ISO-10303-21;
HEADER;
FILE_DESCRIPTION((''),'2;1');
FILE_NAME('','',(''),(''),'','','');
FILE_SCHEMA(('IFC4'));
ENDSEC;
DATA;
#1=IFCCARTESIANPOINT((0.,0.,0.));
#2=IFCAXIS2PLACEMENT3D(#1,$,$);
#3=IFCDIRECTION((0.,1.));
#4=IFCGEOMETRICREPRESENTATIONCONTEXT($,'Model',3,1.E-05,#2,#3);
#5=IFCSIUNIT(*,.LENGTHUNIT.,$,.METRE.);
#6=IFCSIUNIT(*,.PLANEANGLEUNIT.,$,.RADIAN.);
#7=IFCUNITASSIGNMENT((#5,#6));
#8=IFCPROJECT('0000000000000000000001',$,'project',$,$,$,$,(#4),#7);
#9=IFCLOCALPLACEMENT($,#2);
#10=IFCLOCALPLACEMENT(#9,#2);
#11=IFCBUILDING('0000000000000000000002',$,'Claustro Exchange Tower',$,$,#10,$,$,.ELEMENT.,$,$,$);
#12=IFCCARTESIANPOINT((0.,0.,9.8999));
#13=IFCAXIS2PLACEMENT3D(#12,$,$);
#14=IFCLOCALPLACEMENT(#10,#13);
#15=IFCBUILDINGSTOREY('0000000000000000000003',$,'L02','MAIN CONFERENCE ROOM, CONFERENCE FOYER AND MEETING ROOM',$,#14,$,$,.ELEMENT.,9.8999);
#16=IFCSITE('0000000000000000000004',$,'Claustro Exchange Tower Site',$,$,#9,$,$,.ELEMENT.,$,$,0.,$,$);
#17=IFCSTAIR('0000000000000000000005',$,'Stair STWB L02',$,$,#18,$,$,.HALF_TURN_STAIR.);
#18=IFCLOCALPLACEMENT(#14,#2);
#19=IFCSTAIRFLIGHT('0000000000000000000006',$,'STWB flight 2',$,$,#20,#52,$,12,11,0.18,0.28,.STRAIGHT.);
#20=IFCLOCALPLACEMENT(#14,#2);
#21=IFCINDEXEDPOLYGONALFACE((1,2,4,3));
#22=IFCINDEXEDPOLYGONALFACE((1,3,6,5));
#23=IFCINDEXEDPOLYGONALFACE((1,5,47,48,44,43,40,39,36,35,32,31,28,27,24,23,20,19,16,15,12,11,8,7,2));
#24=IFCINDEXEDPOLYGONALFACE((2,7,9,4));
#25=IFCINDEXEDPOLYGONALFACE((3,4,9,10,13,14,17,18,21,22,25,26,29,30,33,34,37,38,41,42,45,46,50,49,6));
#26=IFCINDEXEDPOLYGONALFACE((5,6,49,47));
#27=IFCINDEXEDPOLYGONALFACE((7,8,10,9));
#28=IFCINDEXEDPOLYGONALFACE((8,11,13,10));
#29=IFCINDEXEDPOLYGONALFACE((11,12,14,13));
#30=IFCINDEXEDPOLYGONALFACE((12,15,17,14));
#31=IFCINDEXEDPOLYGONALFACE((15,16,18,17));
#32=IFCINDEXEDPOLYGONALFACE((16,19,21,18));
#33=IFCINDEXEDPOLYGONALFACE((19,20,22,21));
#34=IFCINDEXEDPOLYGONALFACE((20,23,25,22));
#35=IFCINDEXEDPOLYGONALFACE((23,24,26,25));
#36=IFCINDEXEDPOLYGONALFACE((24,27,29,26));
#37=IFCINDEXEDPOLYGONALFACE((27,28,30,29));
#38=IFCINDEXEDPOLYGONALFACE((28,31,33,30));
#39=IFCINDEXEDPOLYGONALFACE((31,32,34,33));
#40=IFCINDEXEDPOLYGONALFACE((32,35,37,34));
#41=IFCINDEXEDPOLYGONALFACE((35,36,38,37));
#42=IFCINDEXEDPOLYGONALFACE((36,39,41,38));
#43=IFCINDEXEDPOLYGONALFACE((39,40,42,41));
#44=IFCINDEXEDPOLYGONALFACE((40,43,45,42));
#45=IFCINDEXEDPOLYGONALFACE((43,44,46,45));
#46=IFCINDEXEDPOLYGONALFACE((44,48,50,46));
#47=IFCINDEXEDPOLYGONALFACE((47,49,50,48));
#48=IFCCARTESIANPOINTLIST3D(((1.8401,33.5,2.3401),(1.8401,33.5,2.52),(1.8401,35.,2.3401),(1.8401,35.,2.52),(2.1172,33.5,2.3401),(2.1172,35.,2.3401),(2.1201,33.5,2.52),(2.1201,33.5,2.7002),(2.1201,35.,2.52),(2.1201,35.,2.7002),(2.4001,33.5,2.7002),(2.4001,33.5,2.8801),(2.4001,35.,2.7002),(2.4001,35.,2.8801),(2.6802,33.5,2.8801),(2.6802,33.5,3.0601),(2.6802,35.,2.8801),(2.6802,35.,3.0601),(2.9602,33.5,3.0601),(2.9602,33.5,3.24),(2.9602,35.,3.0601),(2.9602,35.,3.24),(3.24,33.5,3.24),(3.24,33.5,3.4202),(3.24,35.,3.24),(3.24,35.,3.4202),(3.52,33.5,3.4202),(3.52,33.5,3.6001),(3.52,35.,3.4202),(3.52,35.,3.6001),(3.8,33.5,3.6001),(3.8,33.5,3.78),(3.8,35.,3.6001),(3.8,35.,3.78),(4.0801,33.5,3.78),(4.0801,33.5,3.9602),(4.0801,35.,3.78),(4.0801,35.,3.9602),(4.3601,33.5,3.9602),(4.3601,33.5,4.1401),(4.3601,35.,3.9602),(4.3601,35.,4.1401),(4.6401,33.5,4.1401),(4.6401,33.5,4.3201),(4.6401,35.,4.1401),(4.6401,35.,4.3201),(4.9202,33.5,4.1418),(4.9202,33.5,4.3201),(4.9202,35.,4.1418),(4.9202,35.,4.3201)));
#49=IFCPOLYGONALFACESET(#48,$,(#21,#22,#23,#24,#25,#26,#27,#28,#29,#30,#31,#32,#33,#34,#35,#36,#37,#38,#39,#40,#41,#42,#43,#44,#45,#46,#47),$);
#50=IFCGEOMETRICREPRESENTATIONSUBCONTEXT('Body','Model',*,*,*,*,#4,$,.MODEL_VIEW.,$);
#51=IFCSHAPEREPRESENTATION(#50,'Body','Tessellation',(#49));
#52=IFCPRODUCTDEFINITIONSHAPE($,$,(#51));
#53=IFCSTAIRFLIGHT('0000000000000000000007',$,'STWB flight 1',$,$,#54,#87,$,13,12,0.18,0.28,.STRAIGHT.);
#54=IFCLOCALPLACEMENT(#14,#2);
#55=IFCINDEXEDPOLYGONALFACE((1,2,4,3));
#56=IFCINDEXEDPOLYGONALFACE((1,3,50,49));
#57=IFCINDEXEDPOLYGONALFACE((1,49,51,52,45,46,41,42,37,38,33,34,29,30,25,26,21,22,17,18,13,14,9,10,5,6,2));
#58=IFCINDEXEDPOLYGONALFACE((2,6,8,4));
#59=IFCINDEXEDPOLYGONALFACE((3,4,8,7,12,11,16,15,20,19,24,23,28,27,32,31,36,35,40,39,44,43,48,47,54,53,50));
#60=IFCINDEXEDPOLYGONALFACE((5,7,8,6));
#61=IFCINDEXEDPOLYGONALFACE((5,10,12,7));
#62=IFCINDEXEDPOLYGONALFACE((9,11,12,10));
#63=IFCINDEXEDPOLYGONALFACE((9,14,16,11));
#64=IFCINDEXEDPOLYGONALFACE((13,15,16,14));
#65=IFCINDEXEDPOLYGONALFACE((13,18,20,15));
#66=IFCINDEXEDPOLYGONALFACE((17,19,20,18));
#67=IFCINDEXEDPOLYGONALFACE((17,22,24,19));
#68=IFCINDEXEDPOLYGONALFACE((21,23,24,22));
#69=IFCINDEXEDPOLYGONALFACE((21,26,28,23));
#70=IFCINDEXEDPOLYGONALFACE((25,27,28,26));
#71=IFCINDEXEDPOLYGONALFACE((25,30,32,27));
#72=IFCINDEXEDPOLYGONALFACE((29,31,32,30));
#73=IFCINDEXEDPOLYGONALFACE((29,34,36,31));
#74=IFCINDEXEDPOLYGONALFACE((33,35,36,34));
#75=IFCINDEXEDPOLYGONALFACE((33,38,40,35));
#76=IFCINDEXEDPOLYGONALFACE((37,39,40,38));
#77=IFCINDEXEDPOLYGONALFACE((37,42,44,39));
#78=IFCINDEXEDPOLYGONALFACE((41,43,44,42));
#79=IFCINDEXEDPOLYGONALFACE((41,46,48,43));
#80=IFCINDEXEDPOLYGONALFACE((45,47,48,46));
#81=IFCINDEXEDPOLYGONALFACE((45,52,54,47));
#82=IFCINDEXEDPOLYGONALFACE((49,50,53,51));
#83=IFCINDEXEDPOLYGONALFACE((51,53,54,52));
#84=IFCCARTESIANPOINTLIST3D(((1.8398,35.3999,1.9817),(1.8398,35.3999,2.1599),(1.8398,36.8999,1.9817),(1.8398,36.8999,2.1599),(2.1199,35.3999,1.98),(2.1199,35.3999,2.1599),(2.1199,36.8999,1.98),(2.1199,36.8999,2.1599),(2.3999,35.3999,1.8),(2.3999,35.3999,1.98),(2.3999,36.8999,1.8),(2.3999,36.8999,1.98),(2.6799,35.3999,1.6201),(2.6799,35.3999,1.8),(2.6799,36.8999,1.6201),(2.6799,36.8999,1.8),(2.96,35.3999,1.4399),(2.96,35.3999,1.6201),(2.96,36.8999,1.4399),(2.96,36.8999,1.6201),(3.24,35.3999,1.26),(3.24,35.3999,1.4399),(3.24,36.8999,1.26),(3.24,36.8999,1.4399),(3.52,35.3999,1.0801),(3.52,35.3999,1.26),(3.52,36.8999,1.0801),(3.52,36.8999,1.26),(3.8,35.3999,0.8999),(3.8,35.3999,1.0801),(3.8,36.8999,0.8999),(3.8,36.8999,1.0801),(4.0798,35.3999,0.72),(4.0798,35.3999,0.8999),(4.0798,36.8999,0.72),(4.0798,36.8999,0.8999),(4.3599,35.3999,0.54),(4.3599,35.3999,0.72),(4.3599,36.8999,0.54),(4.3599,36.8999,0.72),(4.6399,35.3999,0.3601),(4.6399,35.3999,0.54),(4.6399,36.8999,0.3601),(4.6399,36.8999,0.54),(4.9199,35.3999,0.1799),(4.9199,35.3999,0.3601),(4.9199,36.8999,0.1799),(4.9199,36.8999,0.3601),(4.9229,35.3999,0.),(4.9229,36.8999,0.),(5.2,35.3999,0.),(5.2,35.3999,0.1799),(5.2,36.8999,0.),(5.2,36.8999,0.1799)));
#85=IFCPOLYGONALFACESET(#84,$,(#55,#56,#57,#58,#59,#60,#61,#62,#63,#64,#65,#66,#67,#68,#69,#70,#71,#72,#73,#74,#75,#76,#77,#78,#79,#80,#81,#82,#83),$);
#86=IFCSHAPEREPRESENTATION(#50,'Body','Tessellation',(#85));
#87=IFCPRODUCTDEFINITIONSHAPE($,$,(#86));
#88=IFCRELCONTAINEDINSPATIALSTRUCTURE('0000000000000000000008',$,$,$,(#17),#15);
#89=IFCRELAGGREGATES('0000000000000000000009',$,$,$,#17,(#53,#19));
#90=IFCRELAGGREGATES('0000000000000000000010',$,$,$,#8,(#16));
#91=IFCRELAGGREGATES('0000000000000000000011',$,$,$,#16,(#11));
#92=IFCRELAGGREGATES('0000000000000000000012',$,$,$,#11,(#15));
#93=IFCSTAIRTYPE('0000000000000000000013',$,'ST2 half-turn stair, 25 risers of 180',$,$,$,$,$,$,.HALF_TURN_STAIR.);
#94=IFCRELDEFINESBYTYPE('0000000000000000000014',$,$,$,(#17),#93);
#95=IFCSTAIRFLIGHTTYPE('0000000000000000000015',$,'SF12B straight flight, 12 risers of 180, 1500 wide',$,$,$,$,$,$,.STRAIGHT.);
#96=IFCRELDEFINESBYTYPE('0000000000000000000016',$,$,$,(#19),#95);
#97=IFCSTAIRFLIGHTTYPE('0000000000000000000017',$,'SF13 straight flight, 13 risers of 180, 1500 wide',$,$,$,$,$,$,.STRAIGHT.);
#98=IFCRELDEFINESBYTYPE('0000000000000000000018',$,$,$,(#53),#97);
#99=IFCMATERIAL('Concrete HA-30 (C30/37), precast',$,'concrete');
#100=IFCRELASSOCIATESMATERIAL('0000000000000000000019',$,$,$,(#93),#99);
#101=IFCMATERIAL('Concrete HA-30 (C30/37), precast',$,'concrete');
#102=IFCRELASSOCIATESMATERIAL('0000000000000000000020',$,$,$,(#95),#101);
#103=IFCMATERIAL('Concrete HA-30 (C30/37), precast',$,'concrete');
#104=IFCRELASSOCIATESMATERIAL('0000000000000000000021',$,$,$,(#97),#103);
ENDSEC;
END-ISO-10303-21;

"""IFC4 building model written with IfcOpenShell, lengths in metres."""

from ifc_helpers import new_model, si_unit, direction, frame, origin, place, context, subcontext, project, spatial, polyline, outline, extrude, material, type_object, element, aggregate, save


model = new_model("IFC4")

# Units and contexts
model_context = context("Model", 3, precision=1e-05, world=origin(), true_north=direction((0.0, 1.0)))
body_context = subcontext(model_context, "Body", "Model", "MODEL_VIEW")
ifc_project = project(units=[si_unit("LENGTHUNIT", "METRE"), si_unit("PLANEANGLEUNIT", "RADIAN")], contexts=[model_context])

# Site, building, storey
site_placement = place(None, origin())
site = spatial("IfcSite", under=ifc_project, at=site_placement, Name="Claustro Exchange Tower Site", CompositionType="ELEMENT", RefElevation=0.0)
building_placement = place(site_placement, origin())
building = spatial("IfcBuilding", under=site, at=building_placement, Name="Claustro Exchange Tower", CompositionType="ELEMENT")
storey_placement = place(building_placement, frame((0.0, 0.0, 9.8999)))
storey = spatial("IfcBuildingStorey", under=building, at=storey_placement, Name="L02", Description="MAIN CONFERENCE ROOM, CONFERENCE FOYER AND MEETING ROOM", CompositionType="ELEMENT", Elevation=9.8999)

# Stair, stair flights
ifc_material_1 = material(Name="Concrete HA-30 (C30/37), precast", Category="concrete")
stair_type = type_object("IfcStairType", Name="ST2 half-turn stair, 25 risers of 180", PredefinedType="HALF_TURN_STAIR", material=ifc_material_1)
stair_placement = place(storey_placement, origin())
stair = element("IfcStair", 1, at=stair_placement, inside=storey, type_object=stair_type, Name="Stair STWB L02", PredefinedType="HALF_TURN_STAIR")
ifc_material_2 = material(Name="Concrete HA-30 (C30/37), precast", Category="concrete")
stair_flight_type_1 = type_object("IfcStairFlightType", Name="SF12B straight flight, 12 risers of 180, 1500 wide", PredefinedType="STRAIGHT", material=ifc_material_2)
stair_flight_1_placement = place(storey_placement, frame((1.8401, 34.25, 2.3401), z_axis=(0.0, 0.0, 1.0), x_axis=(1.0, 0.0, 0.0)))
stair_flight_1 = element("IfcStairFlight", 2, at=stair_flight_1_placement, type_object=stair_flight_type_1, Name="STWB flight 2", NumberOfRisers=12, NumberOfTreads=11, PredefinedType="STRAIGHT", RiserHeight=0.18, TreadLength=0.28, context=body_context, shape_type="SweptSolid", body=[
    extrude(outline(polyline([(0.0, 0.0), (0.0, 0.1799), (0.28, 0.1799), (0.28, 0.3601), (0.5601, 0.3601), (0.5601, 0.54), (0.8401, 0.54), (0.8401, 0.72), (1.1201, 0.72), (1.1201, 0.8999), (1.3999, 0.8999), (1.3999, 1.0801), (1.6799, 1.0801), (1.6799, 1.26), (1.96, 1.26), (1.96, 1.4399), (2.24, 1.4399), (2.24, 1.6201), (2.52, 1.6201), (2.52, 1.8), (2.8, 1.8), (2.8, 1.98), (3.0801, 1.98), (3.0801, 2.1599), (3.0801, 1.8018), (0.2771, 0.0), (0.0, 0.0)])), frame((0.0, 0.75, 0.0), z_axis=(0.0, -1.0, 0.0), x_axis=(1.0, 0.0, 0.0)), (0.0, 0.0, 1.0), 1.5),
])
ifc_material_3 = material(Name="Concrete HA-30 (C30/37), precast", Category="concrete")
stair_flight_type_2 = type_object("IfcStairFlightType", Name="SF13 straight flight, 13 risers of 180, 1500 wide", PredefinedType="STRAIGHT", material=ifc_material_3)
stair_flight_2_placement = place(storey_placement, frame((5.2, 36.1499, 0.0), z_axis=(0.0, 0.0, 1.0), x_axis=(-1.0, 0.0, 0.0)))
stair_flight_2 = element("IfcStairFlight", 3, at=stair_flight_2_placement, type_object=stair_flight_type_2, Name="STWB flight 1", NumberOfRisers=13, NumberOfTreads=12, PredefinedType="STRAIGHT", RiserHeight=0.18, TreadLength=0.28, context=body_context, shape_type="SweptSolid", body=[
    extrude(outline(polyline([(0.0, 0.0), (0.0, 0.1799), (0.28, 0.1799), (0.28, 0.3601), (0.5601, 0.3601), (0.5601, 0.54), (0.8401, 0.54), (0.8401, 0.72), (1.1201, 0.72), (1.1201, 0.8999), (1.3999, 0.8999), (1.3999, 1.0801), (1.6799, 1.0801), (1.6799, 1.26), (1.96, 1.26), (1.96, 1.4399), (2.24, 1.4399), (2.24, 1.6201), (2.52, 1.6201), (2.52, 1.8), (2.8, 1.8), (2.8, 1.98), (3.0801, 1.98), (3.0801, 2.1599), (3.3601, 2.1599), (3.3601, 2.3401), (3.3601, 1.9817), (0.2771, 0.0), (0.0, 0.0)])), frame((0.0, 0.75, 0.0), z_axis=(0.0, -1.0, 0.0), x_axis=(1.0, 0.0, 0.0)), (0.0, 0.0, 1.0), 1.5),
])
aggregate(stair, [stair_flight_2, stair_flight_1])

save(model, "model.ifc")
